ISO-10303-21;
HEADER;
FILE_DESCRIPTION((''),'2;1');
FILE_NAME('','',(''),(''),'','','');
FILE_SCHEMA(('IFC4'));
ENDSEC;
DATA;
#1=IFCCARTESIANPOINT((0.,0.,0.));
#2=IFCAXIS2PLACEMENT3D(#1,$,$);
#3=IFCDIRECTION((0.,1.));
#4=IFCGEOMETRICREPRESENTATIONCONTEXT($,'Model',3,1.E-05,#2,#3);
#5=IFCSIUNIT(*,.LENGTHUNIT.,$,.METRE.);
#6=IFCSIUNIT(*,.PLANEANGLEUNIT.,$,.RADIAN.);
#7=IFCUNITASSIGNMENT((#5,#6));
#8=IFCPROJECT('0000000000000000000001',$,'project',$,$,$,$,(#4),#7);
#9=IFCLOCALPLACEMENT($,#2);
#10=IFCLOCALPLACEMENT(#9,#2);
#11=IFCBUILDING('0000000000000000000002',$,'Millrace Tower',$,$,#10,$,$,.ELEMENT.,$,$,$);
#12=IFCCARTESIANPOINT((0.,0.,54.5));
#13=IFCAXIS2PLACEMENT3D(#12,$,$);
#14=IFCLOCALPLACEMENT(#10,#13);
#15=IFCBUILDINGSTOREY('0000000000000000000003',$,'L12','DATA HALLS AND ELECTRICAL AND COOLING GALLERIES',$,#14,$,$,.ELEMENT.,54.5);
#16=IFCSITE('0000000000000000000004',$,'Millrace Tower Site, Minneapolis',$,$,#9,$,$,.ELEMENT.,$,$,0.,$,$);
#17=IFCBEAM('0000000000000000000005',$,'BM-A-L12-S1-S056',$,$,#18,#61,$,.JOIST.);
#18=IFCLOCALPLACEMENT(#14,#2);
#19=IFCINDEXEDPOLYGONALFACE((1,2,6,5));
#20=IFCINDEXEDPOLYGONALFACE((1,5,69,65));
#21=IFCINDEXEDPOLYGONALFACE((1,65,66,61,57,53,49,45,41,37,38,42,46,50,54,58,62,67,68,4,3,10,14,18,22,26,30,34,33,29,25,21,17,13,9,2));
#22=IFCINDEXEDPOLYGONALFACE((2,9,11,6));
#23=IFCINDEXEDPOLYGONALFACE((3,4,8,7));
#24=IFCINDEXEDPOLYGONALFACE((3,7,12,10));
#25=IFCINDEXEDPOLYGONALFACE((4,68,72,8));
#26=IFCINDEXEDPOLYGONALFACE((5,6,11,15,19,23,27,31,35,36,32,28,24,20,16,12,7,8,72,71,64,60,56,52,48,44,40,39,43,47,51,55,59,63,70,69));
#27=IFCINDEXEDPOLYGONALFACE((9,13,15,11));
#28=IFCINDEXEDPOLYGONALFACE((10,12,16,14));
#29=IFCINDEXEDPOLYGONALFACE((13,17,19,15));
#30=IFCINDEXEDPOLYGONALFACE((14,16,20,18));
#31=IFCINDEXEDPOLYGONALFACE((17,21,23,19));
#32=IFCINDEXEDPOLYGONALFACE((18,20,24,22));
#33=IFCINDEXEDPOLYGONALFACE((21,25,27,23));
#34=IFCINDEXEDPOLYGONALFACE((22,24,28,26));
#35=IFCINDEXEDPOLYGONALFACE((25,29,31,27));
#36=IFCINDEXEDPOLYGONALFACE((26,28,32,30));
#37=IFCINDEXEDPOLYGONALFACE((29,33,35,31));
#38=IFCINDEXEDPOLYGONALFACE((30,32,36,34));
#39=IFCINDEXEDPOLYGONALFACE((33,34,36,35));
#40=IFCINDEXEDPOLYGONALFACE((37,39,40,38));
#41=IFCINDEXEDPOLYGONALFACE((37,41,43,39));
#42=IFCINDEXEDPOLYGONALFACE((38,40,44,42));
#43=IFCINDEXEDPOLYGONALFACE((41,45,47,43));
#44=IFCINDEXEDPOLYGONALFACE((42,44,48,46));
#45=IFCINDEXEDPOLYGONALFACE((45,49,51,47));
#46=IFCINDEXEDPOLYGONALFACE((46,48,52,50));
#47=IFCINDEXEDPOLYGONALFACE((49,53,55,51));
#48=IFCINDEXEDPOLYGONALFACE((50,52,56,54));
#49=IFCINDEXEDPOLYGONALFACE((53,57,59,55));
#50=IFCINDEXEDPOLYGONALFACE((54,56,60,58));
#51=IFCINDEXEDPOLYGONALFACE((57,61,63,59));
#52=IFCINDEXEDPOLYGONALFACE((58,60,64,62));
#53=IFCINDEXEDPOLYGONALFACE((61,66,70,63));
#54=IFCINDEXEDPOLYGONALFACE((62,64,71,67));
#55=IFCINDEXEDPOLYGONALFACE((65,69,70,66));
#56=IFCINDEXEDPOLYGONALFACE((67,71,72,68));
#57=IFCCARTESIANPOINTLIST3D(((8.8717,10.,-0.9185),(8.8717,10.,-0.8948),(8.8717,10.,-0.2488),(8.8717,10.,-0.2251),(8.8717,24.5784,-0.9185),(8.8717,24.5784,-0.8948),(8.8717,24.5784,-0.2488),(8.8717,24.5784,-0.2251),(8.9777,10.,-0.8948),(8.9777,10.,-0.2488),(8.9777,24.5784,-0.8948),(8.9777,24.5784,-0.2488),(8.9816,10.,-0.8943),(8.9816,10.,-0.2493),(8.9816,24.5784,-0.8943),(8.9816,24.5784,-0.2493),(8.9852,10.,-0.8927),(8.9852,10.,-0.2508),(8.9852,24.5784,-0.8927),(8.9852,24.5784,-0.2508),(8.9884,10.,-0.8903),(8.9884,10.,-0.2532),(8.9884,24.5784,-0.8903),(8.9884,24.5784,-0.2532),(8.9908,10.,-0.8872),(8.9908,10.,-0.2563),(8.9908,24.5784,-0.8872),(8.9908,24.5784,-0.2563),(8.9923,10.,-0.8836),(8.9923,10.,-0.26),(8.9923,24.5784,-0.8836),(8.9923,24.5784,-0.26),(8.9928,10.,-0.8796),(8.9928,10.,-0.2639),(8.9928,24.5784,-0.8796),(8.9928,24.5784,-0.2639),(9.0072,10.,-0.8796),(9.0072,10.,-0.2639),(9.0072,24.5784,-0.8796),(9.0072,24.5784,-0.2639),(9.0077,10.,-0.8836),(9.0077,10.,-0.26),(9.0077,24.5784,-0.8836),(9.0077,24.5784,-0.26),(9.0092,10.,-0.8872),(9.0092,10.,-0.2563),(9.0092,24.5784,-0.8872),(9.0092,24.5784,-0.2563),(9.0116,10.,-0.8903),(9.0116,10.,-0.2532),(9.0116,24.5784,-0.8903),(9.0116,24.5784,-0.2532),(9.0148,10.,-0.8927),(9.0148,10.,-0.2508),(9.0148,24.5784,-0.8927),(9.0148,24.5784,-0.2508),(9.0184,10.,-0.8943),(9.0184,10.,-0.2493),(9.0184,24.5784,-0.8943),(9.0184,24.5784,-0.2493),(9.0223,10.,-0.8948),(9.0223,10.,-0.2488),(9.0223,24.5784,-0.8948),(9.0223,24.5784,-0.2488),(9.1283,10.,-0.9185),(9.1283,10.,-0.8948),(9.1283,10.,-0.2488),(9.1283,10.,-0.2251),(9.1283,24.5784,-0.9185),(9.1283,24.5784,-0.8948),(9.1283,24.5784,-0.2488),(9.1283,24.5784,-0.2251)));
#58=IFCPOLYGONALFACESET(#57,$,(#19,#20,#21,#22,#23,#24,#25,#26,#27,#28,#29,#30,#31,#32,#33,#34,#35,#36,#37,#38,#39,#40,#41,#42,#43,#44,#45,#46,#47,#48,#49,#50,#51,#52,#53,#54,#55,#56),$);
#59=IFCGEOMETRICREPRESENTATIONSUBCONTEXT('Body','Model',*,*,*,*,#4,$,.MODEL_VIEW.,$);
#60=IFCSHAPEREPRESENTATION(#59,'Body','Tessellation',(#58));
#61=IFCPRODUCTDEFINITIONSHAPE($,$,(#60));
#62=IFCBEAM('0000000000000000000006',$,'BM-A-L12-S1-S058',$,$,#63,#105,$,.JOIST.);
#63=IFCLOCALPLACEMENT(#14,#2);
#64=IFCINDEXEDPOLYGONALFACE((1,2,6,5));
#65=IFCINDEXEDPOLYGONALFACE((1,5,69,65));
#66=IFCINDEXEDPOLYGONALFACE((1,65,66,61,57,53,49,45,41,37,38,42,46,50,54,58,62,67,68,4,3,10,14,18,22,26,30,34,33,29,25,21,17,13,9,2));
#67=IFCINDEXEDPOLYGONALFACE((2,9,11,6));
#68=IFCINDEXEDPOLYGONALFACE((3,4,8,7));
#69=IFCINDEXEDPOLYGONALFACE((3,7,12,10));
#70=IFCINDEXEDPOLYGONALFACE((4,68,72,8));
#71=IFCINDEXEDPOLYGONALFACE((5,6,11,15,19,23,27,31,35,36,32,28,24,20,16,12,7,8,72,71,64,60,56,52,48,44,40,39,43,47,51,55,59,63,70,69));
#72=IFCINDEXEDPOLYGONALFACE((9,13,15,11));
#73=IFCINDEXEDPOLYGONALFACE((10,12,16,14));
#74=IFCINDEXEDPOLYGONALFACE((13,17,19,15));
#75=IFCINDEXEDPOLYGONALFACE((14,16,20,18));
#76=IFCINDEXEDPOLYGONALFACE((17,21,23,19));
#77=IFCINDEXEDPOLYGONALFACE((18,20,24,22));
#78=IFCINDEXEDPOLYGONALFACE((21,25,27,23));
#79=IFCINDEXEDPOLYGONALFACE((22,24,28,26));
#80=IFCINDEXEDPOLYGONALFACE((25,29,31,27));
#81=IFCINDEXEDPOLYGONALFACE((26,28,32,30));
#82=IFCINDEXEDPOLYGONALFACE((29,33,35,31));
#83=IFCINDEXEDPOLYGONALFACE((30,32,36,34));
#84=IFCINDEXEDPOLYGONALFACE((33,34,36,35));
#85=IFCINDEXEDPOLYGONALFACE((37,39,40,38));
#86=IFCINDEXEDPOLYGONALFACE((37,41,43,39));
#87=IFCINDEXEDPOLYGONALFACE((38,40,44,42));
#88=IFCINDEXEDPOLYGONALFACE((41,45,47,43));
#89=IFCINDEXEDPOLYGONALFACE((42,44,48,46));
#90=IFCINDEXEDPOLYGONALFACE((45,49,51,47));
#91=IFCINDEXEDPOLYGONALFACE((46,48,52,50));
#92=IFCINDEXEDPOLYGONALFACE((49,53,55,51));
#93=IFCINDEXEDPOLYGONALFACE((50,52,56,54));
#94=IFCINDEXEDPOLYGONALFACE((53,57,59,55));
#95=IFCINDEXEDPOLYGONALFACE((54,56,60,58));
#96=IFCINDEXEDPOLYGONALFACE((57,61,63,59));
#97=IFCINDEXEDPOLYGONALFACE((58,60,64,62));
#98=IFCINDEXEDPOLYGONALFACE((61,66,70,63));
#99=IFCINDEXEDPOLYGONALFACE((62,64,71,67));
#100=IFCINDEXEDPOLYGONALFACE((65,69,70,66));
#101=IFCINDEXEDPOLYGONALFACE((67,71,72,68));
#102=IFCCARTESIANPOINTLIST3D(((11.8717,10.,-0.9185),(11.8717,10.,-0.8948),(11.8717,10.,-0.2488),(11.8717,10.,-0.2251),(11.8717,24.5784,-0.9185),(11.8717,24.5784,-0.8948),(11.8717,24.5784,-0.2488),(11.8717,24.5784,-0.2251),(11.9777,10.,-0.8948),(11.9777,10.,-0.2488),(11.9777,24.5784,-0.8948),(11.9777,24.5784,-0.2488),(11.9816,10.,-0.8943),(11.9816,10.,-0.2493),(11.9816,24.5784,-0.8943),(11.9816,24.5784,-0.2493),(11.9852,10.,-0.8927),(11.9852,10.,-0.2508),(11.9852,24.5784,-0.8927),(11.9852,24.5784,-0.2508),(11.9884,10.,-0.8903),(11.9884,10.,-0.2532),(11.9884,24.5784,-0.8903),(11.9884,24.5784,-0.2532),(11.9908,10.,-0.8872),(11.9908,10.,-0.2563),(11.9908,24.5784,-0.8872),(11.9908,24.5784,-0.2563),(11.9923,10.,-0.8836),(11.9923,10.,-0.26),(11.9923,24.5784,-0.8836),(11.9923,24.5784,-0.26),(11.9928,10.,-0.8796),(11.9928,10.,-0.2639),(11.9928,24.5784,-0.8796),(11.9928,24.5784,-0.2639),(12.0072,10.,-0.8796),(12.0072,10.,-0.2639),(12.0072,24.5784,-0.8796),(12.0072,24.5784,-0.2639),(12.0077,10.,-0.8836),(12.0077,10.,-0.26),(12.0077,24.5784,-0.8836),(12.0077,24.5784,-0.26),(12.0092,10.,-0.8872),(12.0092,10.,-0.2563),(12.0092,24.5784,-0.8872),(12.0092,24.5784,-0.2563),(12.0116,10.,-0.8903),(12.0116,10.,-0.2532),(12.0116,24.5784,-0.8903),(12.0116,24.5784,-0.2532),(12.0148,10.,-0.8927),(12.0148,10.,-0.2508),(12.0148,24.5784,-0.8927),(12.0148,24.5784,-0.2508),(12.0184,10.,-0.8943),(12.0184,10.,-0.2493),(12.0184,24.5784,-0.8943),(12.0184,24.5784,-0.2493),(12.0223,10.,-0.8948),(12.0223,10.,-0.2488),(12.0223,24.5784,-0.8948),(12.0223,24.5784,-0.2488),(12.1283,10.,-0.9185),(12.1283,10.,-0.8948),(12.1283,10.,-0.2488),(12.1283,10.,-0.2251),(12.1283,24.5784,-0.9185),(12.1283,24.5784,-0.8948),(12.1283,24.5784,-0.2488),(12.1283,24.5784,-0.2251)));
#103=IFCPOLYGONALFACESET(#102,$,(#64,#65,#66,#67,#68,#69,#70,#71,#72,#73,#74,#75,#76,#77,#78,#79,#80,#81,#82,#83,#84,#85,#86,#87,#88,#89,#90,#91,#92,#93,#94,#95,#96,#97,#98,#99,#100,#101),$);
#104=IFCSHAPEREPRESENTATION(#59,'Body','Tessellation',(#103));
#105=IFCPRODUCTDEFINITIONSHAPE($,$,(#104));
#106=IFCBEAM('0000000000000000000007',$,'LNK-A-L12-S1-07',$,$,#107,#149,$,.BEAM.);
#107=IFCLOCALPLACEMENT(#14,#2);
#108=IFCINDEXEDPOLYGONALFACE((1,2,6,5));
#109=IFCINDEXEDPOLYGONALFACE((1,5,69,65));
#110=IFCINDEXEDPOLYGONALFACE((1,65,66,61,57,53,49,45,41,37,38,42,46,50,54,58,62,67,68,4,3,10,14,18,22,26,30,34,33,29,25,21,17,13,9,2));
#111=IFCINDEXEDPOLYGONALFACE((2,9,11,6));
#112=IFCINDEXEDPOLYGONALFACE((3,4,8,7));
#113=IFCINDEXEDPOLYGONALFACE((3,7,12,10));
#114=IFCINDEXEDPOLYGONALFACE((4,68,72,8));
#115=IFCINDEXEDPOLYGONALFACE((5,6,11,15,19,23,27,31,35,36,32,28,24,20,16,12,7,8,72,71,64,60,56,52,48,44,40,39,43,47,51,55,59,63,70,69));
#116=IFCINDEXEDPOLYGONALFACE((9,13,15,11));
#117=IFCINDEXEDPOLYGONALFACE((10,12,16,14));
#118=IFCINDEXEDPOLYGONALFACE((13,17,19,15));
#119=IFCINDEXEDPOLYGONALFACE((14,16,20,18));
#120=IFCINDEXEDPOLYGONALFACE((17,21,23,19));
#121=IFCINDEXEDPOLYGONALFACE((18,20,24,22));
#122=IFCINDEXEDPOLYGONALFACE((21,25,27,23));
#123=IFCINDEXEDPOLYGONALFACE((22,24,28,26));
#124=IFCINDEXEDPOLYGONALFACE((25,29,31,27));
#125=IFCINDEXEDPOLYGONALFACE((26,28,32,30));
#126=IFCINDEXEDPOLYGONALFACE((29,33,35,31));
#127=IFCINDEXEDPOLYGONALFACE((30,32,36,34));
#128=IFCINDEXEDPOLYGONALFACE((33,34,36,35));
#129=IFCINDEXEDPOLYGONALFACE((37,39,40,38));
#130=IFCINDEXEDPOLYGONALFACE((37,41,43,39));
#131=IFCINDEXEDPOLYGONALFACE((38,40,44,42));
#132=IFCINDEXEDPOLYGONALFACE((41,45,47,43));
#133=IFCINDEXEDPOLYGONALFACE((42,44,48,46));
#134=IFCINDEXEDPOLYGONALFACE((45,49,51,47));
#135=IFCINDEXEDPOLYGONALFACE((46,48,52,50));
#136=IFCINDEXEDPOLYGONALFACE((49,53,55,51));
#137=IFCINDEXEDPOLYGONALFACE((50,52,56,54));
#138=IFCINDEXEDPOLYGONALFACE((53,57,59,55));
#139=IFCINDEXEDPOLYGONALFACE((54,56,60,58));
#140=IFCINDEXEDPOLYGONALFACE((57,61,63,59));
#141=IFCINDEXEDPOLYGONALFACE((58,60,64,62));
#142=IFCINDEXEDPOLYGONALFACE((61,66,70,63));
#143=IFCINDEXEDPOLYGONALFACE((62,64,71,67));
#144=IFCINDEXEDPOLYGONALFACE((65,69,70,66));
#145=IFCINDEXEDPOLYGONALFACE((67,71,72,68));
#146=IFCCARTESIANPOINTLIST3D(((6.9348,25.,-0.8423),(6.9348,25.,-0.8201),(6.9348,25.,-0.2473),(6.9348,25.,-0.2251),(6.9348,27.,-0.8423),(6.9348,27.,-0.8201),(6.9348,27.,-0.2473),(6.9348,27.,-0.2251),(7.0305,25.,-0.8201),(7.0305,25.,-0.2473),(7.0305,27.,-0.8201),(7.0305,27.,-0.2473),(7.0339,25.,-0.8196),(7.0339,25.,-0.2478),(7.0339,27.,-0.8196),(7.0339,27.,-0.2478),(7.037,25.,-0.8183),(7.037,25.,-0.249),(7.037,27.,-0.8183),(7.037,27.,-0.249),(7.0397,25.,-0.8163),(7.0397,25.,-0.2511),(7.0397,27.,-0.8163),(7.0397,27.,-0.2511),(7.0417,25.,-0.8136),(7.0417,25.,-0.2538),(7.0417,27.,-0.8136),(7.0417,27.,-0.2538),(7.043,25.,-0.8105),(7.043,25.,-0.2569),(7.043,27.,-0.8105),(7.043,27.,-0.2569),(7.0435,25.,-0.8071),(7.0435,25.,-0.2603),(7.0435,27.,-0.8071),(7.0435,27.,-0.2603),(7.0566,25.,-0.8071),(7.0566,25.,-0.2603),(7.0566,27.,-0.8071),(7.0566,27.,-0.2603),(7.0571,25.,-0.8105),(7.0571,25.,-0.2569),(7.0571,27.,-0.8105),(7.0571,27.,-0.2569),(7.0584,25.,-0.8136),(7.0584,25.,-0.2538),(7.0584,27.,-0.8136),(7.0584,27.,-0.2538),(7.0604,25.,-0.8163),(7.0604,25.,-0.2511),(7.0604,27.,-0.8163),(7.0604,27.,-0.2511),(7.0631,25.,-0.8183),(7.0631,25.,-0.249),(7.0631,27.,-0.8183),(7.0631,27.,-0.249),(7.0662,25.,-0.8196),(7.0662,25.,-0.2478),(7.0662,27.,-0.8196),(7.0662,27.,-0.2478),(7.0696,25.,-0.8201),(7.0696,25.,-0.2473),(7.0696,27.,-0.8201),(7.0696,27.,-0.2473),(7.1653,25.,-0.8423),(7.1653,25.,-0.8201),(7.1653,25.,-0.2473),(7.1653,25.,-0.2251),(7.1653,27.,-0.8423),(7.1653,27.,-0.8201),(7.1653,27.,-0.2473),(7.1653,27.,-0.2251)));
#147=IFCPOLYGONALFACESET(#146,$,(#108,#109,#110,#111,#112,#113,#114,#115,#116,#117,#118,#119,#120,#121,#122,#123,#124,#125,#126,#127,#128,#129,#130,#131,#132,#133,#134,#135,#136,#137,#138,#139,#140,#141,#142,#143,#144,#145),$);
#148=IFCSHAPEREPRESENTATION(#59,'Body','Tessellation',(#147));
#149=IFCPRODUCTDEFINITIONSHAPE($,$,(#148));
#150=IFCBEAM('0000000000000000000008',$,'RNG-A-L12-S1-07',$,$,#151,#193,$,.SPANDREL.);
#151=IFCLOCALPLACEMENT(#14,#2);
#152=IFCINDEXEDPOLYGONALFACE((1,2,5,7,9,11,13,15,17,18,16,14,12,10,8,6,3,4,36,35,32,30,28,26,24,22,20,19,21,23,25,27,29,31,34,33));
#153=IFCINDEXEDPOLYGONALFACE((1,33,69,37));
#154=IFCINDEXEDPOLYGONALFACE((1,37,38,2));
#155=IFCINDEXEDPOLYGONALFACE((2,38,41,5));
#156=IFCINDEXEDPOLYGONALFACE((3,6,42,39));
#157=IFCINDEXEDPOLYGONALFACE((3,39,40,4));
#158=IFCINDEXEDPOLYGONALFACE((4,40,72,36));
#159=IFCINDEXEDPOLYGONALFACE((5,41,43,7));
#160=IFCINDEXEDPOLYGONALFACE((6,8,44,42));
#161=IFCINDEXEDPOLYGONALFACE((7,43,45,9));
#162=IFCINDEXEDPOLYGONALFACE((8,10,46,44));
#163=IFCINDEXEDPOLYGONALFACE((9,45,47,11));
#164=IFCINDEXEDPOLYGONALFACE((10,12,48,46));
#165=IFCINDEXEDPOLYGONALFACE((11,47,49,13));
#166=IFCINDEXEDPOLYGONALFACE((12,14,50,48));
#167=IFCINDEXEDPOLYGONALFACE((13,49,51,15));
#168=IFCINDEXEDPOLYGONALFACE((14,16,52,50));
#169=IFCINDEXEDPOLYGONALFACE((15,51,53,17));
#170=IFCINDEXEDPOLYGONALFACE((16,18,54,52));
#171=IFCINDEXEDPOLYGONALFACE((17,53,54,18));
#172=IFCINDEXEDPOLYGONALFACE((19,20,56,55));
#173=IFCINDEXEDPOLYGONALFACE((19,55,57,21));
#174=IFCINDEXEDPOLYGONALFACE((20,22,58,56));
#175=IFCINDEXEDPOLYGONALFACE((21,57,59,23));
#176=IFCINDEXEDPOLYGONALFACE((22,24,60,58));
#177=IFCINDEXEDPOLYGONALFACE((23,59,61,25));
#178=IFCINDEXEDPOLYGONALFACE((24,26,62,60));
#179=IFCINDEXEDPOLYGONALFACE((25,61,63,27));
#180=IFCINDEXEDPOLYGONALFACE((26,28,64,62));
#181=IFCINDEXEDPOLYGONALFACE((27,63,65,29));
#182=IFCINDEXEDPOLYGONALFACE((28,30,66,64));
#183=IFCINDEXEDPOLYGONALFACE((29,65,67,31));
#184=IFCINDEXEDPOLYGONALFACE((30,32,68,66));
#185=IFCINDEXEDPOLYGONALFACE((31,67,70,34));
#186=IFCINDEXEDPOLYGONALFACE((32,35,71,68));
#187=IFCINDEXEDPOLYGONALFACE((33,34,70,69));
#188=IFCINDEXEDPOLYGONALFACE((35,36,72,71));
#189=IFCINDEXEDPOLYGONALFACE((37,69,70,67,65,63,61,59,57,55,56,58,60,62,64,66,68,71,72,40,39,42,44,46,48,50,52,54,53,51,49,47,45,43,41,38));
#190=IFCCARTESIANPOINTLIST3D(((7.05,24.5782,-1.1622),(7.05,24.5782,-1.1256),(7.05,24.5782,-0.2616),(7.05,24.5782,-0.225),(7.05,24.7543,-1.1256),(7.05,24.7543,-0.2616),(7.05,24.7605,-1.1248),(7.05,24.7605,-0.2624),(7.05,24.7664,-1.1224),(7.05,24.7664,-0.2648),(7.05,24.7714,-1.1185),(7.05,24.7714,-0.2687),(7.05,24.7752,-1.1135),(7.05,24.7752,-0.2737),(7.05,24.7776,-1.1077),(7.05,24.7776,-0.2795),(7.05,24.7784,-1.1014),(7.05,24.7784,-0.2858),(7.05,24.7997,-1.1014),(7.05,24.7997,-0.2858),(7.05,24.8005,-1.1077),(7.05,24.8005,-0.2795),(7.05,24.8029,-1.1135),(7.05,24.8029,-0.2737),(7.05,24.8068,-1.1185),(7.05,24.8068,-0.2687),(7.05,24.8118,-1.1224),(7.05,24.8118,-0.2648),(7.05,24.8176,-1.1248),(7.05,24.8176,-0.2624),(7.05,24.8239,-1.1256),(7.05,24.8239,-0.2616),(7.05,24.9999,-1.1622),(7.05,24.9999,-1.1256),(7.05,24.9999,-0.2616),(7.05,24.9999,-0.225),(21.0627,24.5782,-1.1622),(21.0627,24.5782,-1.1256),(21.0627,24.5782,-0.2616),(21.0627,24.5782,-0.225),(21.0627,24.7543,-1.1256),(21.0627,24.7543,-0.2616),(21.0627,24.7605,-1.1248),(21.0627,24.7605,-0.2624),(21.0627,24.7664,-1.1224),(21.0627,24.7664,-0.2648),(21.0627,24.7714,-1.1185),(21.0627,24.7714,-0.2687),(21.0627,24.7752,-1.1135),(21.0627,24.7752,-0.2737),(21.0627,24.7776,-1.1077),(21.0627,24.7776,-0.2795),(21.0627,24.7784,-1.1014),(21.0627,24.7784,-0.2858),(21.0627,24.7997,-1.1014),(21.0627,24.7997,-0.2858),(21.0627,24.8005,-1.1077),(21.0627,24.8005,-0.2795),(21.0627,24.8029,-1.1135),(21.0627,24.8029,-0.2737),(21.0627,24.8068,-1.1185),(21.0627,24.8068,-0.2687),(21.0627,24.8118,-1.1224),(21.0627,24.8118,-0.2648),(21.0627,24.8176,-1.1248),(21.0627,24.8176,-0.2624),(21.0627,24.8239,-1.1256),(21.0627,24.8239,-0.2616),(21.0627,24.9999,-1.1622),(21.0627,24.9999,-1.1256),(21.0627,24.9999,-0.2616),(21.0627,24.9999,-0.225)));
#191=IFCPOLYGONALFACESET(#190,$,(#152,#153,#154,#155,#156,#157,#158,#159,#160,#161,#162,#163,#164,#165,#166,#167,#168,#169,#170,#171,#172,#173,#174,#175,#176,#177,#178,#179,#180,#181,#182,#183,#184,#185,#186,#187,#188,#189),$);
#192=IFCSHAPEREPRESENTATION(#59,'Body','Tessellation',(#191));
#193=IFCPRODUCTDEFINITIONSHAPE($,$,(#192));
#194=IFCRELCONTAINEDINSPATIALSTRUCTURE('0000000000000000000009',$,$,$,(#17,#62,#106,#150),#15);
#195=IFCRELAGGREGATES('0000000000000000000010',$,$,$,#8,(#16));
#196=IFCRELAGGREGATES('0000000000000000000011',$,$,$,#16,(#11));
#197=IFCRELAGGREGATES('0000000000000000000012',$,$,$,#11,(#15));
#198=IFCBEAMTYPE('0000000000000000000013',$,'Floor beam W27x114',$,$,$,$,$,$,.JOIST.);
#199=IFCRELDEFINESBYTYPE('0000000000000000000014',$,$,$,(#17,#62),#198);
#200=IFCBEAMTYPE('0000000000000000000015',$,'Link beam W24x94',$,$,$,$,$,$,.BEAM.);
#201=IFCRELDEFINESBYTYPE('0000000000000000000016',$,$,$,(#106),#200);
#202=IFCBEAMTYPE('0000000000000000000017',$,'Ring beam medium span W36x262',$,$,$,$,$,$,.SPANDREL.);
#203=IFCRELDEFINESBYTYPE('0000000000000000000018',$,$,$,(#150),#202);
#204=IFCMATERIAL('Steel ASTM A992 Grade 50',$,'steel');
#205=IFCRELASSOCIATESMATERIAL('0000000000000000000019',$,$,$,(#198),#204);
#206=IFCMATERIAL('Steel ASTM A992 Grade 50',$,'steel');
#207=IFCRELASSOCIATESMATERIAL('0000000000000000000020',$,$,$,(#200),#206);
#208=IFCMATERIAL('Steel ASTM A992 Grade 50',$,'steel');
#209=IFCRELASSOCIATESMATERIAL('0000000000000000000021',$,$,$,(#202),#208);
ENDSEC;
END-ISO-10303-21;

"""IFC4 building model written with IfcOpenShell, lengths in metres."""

from ifc_helpers import new_model, si_unit, direction, frame, origin, origin_2d, place, context, subcontext, project, spatial, i_section, extrude, material, material_profile, profile_set, type_object, element, save


model = new_model("IFC4")

# Units and contexts
model_context = context("Model", 3, precision=1e-05, world=origin(), true_north=direction((0.0, 1.0)))
body_context = subcontext(model_context, "Body", "Model", "MODEL_VIEW")
ifc_project = project(units=[si_unit("LENGTHUNIT", "METRE"), si_unit("PLANEANGLEUNIT", "RADIAN")], contexts=[model_context])

# Site, building, storey
site_placement = place(None, origin())
site = spatial("IfcSite", under=ifc_project, at=site_placement, Name="Millrace Tower Site, Minneapolis", CompositionType="ELEMENT", RefElevation=0.0)
building_placement = place(site_placement, origin())
building = spatial("IfcBuilding", under=site, at=building_placement, Name="Millrace Tower", CompositionType="ELEMENT")
storey_placement = place(building_placement, frame((0.0, 0.0, 54.5)))
storey = spatial("IfcBuildingStorey", under=building, at=storey_placement, Name="L12", Description="DATA HALLS AND ELECTRICAL AND COOLING GALLERIES", CompositionType="ELEMENT", Elevation=54.5)

# Beams
ifc_material_1 = material(Name="Steel ASTM A992 Grade 50", Category="steel")
ifc_material_profile_1 = material_profile(ifc_material_1, i_section(OverallWidth=0.2566, OverallDepth=0.6934, WebThickness=0.0144, FlangeThickness=0.0237, FilletRadius=0.0151, at=origin_2d()))
ifc_profile_set_1 = profile_set([ifc_material_profile_1], Name="Steel ASTM A992 Grade 50")
beam_type_1 = type_object("IfcBeamType", Name="Floor beam W27x114", PredefinedType="JOIST", material=ifc_profile_set_1)
for number, where, z_axis, x_axis, name in (
    (1, (9.0, 10.0, -0.5718), (0.0, 1.0, 0.0), (-1.0, 0.0, 0.0), "BM-A-L12-S1-S056"),
    (2, (12.0, 10.0, -0.5718), (0.0, 1.0, 0.0), (-1.0, 0.0, 0.0), "BM-A-L12-S1-S058"),
):
    element("IfcBeam", number, at=place(storey_placement, frame(where, z_axis=z_axis, x_axis=x_axis)), inside=storey, type_object=beam_type_1, Name=name, PredefinedType="JOIST", context=body_context, shape_type="SweptSolid", body=[
        extrude(i_section(OverallWidth=0.2566, OverallDepth=0.6934, WebThickness=0.0144, FlangeThickness=0.0237, FilletRadius=0.0151, at=origin_2d()), origin(), (0.0, 0.0, 1.0), 14.5784),
    ])
ifc_material_2 = material(Name="Steel ASTM A992 Grade 50", Category="steel")
ifc_material_profile_2 = material_profile(ifc_material_2, i_section(OverallWidth=0.2305, OverallDepth=0.6172, WebThickness=0.0132, FlangeThickness=0.0222, FilletRadius=0.0129, at=origin_2d()))
ifc_profile_set_2 = profile_set([ifc_material_profile_2], Name="Steel ASTM A992 Grade 50")
beam_type_2 = type_object("IfcBeamType", Name="Link beam W24x94", PredefinedType="BEAM", material=ifc_profile_set_2)
beam_1_placement = place(storey_placement, frame((7.05, 25.0, -0.5337), z_axis=(0.0, 1.0, 0.0), x_axis=(-1.0, 0.0, 0.0)))
element("IfcBeam", 3, at=beam_1_placement, inside=storey, type_object=beam_type_2, Name="LNK-A-L12-S1-07", PredefinedType="BEAM", context=body_context, shape_type="SweptSolid", body=[
    extrude(i_section(OverallWidth=0.2305, OverallDepth=0.6172, WebThickness=0.0132, FlangeThickness=0.0222, FilletRadius=0.0129, at=origin_2d()), origin(), (0.0, 0.0, 1.0), 2.0),
])
ifc_material_3 = material(Name="Steel ASTM A992 Grade 50", Category="steel")
ifc_material_profile_3 = material_profile(ifc_material_3, i_section(OverallWidth=0.4216, OverallDepth=0.9373, WebThickness=0.0212, FlangeThickness=0.0366, FilletRadius=0.0242, at=origin_2d()))
ifc_profile_set_3 = profile_set([ifc_material_profile_3], Name="Steel ASTM A992 Grade 50")
beam_type_3 = type_object("IfcBeamType", Name="Ring beam medium span W36x262", PredefinedType="SPANDREL", material=ifc_profile_set_3)
beam_2_placement = place(storey_placement, frame((7.05, 24.7891, -0.6936), z_axis=(1.0, 0.0, 0.0), x_axis=(0.0, 1.0, 0.0)))
element("IfcBeam", 4, at=beam_2_placement, inside=storey, type_object=beam_type_3, Name="RNG-A-L12-S1-07", PredefinedType="SPANDREL", context=body_context, shape_type="SweptSolid", body=[
    extrude(i_section(OverallWidth=0.4216, OverallDepth=0.9373, WebThickness=0.0212, FlangeThickness=0.0366, FilletRadius=0.0242, at=origin_2d()), origin(), (0.0, 0.0, 1.0), 14.0127),
])

save(model, "model.ifc")
